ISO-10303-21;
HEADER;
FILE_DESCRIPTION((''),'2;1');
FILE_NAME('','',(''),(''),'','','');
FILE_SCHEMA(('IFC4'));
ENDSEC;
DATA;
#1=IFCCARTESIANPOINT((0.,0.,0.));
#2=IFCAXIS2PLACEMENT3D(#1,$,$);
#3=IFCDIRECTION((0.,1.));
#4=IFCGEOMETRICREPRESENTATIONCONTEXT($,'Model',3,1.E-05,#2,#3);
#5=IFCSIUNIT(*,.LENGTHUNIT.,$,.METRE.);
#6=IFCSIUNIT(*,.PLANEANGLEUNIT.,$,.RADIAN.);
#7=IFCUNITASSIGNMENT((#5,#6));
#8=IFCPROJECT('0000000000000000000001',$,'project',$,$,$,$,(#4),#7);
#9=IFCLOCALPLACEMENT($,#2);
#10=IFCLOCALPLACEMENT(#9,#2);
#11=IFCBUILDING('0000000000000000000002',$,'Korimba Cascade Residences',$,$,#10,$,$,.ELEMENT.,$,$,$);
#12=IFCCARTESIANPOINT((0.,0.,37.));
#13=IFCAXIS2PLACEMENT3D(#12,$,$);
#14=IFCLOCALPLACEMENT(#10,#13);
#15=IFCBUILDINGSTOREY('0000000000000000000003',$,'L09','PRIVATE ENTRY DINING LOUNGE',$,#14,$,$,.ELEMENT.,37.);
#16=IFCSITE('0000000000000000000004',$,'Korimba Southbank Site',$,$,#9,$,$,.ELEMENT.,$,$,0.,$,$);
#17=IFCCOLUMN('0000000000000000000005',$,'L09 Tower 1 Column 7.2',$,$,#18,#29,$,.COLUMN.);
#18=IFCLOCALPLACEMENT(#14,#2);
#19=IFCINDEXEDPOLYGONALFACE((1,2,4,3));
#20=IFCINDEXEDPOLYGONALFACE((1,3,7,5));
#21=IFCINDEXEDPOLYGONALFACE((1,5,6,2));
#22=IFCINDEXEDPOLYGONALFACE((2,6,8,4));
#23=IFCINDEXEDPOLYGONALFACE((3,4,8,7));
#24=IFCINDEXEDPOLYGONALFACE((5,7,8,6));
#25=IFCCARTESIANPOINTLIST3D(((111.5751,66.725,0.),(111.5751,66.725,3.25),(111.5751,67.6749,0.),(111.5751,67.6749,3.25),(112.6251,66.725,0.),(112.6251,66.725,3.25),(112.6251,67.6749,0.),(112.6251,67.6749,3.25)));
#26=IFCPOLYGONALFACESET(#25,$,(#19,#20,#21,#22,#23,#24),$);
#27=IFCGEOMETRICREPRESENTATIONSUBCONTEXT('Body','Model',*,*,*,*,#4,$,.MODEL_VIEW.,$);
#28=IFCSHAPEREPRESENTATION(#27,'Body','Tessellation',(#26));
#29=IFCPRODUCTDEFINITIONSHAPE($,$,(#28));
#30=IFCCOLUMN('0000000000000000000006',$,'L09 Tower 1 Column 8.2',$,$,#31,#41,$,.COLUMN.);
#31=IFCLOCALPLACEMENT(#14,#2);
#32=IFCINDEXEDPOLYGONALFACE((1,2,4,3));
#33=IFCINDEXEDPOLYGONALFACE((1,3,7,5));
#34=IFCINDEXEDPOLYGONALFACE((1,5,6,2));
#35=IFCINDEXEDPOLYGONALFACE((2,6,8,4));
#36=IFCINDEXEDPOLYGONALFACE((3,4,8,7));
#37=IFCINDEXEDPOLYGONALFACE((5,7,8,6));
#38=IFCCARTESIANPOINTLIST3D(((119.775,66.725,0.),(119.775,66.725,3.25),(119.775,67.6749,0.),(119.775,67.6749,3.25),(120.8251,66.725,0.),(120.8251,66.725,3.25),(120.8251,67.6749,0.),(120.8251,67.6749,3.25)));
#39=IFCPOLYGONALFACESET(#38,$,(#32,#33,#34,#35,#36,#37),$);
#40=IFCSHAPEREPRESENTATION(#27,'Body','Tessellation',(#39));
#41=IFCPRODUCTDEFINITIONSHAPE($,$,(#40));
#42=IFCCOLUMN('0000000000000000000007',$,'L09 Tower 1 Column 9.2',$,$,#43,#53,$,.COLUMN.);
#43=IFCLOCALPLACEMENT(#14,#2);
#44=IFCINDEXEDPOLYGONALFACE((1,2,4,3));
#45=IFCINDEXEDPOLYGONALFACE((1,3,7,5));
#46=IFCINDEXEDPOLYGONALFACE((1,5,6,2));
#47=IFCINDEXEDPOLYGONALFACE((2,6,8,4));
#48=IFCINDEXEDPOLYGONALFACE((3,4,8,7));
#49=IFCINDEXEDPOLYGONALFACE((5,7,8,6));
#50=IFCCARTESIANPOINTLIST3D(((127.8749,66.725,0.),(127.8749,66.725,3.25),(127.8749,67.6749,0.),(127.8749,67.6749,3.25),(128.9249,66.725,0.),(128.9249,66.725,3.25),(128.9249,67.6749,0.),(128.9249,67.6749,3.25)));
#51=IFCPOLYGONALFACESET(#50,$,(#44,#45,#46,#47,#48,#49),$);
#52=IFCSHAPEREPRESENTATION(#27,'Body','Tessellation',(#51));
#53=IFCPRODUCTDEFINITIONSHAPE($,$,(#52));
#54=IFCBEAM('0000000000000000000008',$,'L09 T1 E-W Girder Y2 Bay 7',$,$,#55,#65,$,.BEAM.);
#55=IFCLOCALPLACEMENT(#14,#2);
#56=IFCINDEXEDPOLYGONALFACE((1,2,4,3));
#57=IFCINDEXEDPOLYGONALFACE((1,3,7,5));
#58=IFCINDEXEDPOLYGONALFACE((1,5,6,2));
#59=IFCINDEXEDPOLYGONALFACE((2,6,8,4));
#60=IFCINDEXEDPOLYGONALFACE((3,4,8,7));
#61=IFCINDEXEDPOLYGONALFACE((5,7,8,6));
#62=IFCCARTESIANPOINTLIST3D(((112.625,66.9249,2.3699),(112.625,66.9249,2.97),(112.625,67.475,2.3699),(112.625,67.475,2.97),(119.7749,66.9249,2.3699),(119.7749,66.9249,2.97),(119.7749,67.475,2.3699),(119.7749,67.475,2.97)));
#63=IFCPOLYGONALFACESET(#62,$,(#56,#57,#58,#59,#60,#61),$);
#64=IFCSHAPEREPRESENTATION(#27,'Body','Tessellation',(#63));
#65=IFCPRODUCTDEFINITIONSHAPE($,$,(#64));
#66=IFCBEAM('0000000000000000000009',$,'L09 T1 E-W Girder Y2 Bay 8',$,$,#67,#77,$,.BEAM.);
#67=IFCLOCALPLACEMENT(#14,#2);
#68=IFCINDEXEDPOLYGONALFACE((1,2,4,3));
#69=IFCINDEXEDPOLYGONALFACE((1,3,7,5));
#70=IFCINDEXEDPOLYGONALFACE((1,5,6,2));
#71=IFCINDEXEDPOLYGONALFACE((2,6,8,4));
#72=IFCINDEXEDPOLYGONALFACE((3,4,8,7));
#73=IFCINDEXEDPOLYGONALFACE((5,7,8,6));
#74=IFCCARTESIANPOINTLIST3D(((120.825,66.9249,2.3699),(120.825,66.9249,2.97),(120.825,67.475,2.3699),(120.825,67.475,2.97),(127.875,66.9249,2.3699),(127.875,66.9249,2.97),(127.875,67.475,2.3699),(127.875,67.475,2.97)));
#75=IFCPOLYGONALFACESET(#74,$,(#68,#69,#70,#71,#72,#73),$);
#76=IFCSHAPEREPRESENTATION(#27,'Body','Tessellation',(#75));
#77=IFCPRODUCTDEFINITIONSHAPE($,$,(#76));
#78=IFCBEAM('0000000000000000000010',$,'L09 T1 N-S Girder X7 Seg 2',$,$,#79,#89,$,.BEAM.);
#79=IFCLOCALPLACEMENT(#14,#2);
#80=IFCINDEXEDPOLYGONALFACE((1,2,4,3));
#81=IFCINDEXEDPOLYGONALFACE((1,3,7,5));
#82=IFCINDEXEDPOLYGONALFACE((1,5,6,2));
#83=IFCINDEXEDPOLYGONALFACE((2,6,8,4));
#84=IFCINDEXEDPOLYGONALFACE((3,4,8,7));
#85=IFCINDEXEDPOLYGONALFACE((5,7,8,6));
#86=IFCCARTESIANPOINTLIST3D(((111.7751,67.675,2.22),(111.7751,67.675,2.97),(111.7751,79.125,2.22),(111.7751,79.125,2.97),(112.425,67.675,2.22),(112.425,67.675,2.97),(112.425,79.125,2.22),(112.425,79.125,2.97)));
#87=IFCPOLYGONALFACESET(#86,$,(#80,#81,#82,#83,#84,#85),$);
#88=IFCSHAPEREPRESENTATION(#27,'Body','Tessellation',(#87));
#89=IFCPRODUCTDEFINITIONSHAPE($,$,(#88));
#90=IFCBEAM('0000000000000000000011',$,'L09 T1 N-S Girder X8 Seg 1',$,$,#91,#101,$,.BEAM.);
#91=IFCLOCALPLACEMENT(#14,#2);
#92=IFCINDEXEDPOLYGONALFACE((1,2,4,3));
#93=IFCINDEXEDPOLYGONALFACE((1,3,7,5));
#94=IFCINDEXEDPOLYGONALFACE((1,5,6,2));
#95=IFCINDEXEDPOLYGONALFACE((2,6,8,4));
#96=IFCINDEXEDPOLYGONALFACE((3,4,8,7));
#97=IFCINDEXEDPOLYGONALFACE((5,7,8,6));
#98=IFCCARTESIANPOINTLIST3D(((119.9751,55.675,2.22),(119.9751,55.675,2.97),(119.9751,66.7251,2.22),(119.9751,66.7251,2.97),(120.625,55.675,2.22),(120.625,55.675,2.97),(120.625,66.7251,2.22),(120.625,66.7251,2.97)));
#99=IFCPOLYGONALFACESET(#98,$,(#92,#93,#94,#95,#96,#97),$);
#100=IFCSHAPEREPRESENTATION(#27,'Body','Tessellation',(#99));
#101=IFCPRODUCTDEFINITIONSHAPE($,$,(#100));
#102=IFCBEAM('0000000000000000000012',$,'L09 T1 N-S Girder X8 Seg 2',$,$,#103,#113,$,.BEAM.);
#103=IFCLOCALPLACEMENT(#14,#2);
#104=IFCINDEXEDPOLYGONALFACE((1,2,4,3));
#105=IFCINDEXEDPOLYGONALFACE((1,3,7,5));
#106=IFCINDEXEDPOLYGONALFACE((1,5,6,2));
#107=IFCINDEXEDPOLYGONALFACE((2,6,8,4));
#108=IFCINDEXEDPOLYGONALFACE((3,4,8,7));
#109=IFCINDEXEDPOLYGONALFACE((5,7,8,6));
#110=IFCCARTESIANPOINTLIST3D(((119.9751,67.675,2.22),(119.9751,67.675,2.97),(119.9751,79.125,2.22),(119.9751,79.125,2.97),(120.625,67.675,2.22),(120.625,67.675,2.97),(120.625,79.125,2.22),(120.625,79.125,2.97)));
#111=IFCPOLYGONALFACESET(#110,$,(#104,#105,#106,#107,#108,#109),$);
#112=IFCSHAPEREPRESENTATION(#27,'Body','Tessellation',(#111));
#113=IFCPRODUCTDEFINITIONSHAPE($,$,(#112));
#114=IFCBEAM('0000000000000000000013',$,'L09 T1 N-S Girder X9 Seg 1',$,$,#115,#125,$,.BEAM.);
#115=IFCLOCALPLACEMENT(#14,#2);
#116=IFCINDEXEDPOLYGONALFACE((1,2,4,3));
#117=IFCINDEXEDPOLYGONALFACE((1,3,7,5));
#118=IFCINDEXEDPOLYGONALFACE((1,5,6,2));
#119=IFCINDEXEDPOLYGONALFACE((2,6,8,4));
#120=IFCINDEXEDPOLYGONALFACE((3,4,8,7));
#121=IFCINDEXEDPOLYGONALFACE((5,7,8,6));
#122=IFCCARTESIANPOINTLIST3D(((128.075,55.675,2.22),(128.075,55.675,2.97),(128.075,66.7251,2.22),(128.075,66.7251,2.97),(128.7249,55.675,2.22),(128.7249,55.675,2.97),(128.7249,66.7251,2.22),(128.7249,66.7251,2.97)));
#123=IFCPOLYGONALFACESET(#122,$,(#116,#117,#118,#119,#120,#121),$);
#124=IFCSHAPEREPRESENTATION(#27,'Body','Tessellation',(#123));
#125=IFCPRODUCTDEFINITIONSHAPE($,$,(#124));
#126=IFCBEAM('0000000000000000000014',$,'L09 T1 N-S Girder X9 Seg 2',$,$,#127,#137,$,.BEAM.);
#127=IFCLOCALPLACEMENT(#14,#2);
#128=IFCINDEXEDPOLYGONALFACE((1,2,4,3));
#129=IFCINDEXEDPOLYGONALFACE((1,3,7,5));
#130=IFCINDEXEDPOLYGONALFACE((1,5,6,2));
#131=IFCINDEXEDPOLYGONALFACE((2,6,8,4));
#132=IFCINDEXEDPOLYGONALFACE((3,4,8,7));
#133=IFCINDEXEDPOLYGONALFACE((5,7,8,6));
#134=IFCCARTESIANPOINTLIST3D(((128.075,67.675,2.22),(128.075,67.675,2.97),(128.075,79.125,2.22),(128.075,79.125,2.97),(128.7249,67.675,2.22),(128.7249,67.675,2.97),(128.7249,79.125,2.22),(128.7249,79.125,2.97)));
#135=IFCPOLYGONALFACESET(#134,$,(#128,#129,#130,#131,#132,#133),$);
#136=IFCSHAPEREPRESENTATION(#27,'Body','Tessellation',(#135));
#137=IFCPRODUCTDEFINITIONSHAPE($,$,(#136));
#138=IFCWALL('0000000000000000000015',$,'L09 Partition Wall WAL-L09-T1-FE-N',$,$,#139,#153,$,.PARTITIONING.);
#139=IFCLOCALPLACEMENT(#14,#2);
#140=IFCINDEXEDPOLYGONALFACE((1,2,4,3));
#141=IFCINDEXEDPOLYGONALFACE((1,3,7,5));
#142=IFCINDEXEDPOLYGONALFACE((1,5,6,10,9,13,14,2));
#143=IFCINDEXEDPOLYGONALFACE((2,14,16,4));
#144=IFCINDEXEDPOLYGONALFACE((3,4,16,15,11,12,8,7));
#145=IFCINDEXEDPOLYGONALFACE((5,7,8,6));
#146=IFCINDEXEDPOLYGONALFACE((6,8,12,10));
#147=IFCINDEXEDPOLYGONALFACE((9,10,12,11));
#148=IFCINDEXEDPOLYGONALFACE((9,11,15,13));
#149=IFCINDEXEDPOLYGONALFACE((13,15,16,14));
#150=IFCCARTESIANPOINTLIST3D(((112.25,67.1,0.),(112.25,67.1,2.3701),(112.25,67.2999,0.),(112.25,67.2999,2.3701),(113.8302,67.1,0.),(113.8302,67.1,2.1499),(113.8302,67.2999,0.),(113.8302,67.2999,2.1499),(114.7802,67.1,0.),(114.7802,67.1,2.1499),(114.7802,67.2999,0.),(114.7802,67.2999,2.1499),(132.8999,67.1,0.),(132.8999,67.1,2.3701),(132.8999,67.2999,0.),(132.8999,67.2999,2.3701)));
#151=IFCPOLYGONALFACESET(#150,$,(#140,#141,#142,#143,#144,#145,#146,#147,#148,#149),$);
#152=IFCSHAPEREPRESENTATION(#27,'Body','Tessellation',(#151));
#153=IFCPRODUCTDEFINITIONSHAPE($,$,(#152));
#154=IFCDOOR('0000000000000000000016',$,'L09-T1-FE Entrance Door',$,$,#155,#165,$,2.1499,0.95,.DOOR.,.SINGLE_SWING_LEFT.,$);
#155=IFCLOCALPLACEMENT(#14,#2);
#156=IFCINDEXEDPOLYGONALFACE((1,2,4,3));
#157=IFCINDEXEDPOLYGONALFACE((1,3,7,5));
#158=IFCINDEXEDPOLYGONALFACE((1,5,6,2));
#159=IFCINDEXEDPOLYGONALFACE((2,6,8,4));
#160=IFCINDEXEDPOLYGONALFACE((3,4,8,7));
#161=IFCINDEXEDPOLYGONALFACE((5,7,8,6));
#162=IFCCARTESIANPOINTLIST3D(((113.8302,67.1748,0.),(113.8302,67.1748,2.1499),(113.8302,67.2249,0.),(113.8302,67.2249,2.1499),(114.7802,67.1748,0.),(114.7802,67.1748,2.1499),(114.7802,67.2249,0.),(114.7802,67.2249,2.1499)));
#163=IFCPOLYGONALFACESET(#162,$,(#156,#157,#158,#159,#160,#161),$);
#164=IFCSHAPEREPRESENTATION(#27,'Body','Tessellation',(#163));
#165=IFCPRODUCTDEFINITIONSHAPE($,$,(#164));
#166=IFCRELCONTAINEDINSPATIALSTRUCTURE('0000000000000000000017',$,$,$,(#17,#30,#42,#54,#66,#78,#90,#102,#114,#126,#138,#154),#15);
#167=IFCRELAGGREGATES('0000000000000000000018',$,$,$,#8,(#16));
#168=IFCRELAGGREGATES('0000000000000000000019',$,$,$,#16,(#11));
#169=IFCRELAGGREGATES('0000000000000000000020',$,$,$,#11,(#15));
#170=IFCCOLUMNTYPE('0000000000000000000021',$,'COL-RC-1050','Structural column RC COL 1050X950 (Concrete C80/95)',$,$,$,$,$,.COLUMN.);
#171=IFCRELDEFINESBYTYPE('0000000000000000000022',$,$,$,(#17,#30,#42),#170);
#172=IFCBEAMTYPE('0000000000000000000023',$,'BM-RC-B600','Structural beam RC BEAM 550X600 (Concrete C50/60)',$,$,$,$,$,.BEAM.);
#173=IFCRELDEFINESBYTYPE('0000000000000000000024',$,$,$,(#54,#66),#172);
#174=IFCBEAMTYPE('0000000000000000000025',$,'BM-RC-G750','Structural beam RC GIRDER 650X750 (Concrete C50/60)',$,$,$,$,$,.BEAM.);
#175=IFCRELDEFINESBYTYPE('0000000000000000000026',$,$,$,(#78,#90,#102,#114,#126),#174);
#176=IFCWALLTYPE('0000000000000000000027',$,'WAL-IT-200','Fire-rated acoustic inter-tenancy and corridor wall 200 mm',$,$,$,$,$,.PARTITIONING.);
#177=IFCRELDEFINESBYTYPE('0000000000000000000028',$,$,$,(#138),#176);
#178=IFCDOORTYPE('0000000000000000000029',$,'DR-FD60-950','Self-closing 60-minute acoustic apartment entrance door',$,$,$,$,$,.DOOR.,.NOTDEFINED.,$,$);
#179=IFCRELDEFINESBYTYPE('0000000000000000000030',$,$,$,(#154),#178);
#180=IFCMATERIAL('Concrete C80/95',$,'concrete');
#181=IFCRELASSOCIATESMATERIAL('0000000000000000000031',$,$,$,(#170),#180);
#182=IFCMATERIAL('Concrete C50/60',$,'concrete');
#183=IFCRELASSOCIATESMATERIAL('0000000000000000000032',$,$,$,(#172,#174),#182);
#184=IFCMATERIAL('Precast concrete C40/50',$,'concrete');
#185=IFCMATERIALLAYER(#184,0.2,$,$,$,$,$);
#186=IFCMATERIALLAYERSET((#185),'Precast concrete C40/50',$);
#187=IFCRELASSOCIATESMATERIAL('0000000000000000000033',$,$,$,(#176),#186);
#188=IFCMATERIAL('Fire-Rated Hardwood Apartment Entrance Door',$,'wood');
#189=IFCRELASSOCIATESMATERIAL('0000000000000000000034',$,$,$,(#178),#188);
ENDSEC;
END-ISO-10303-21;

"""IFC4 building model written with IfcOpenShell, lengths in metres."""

from ifc_helpers import new_model, si_unit, direction, frame, frame_2d, origin, origin_2d, place, context, subcontext, project, spatial, rectangle, extrude, material, layer, layer_set, material_profile, profile_set, type_object, element, fill, save


model = new_model("IFC4")

# Units and contexts
model_context = context("Model", 3, precision=1e-05, world=origin(), true_north=direction((0.0, 1.0)))
body_context = subcontext(model_context, "Body", "Model", "MODEL_VIEW")
ifc_project = project(units=[si_unit("LENGTHUNIT", "METRE"), si_unit("PLANEANGLEUNIT", "RADIAN")], contexts=[model_context])

# Site, building, storey
site_placement = place(None, origin())
site = spatial("IfcSite", under=ifc_project, at=site_placement, Name="Korimba Southbank Site", CompositionType="ELEMENT", RefElevation=0.0)
building_placement = place(site_placement, origin())
building = spatial("IfcBuilding", under=site, at=building_placement, Name="Korimba Cascade Residences", CompositionType="ELEMENT")
storey_placement = place(building_placement, frame((0.0, 0.0, 37.0)))
storey = spatial("IfcBuildingStorey", under=building, at=storey_placement, Name="L09", Description="PRIVATE ENTRY DINING LOUNGE", CompositionType="ELEMENT", Elevation=37.0)

# Columns
ifc_material_1 = material(Name="Concrete C80/95", Category="concrete")
ifc_material_profile_1 = material_profile(ifc_material_1, rectangle(XDim=1.05, YDim=0.95, at=origin_2d()), Name="Concrete C80/95")
ifc_profile_set_1 = profile_set([ifc_material_profile_1], Name="Concrete C80/95")
column_type = type_object("IfcColumnType", Name="COL-RC-1050", Description="Structural column RC COL 1050X950 (Concrete C80/95)", PredefinedType="COLUMN", material=ifc_profile_set_1)
for number, where, z_axis, x_axis, name in (
    (1, (112.1001, 67.2, 0.0), (0.0, 0.0, 1.0), (1.0, 0.0, 0.0), "L09 Tower 1 Column 7.2"),
    (2, (120.3, 67.2, 0.0), (0.0, 0.0, 1.0), (1.0, 0.0, 0.0), "L09 Tower 1 Column 8.2"),
    (3, (128.3999, 67.2, 0.0), (0.0, 0.0, 1.0), (1.0, 0.0, 0.0), "L09 Tower 1 Column 9.2"),
):
    element("IfcColumn", number, at=place(storey_placement, frame(where, z_axis=z_axis, x_axis=x_axis)), inside=storey, type_object=column_type, Name=name, PredefinedType="COLUMN", context=body_context, shape_type="SweptSolid", body=[
        extrude(rectangle(XDim=1.05, YDim=0.95, at=origin_2d()), origin(), (0.0, 0.0, 1.0), 3.25),
    ])

# Beams
ifc_material_2 = material(Name="Concrete C50/60", Category="concrete")
ifc_material_profile_2 = material_profile(ifc_material_2, rectangle(XDim=0.55, YDim=0.6001, at=origin_2d()), Name="Concrete C50/60")
ifc_profile_set_2 = profile_set([ifc_material_profile_2], Name="Concrete C50/60")
beam_type_1 = type_object("IfcBeamType", Name="BM-RC-B600", Description="Structural beam RC BEAM 550X600 (Concrete C50/60)", PredefinedType="BEAM", material=ifc_profile_set_2)
beam_1_placement = place(storey_placement, frame((112.625, 67.2, 2.6699), z_axis=(1.0, 0.0, 0.0), x_axis=(0.0, 1.0, 0.0)))
element("IfcBeam", 4, at=beam_1_placement, inside=storey, type_object=beam_type_1, Name="L09 T1 E-W Girder Y2 Bay 7", PredefinedType="BEAM", context=body_context, shape_type="SweptSolid", body=[
    extrude(rectangle(XDim=0.55, YDim=0.6001, at=origin_2d()), origin(), (0.0, 0.0, 1.0), 7.1499),
])
beam_2_placement = place(storey_placement, frame((120.825, 67.2, 2.6699), z_axis=(1.0, 0.0, 0.0), x_axis=(0.0, 1.0, 0.0)))
element("IfcBeam", 5, at=beam_2_placement, inside=storey, type_object=beam_type_1, Name="L09 T1 E-W Girder Y2 Bay 8", PredefinedType="BEAM", context=body_context, shape_type="SweptSolid", body=[
    extrude(rectangle(XDim=0.55, YDim=0.6001, at=origin_2d()), origin(), (0.0, 0.0, 1.0), 7.05),
])
ifc_material_profile_3 = material_profile(ifc_material_2, rectangle(XDim=0.6499, YDim=0.75, at=origin_2d()), Name="Concrete C50/60")
ifc_profile_set_3 = profile_set([ifc_material_profile_3], Name="Concrete C50/60")
beam_type_2 = type_object("IfcBeamType", Name="BM-RC-G750", Description="Structural beam RC GIRDER 650X750 (Concrete C50/60)", PredefinedType="BEAM", material=ifc_profile_set_3)
beam_3_placement = place(storey_placement, frame((112.1001, 67.675, 2.595), z_axis=(0.0, 1.0, 0.0), x_axis=(-1.0, 0.0, 0.0)))
element("IfcBeam", 6, at=beam_3_placement, inside=storey, type_object=beam_type_2, Name="L09 T1 N-S Girder X7 Seg 2", PredefinedType="BEAM", context=body_context, shape_type="SweptSolid", body=[
    extrude(rectangle(XDim=0.6499, YDim=0.75, at=origin_2d()), origin(), (0.0, 0.0, 1.0), 11.45),
])
beam_4_placement = place(storey_placement, frame((120.3, 55.675, 2.595), z_axis=(0.0, 1.0, 0.0), x_axis=(-1.0, 0.0, 0.0)))
element("IfcBeam", 7, at=beam_4_placement, inside=storey, type_object=beam_type_2, Name="L09 T1 N-S Girder X8 Seg 1", PredefinedType="BEAM", context=body_context, shape_type="SweptSolid", body=[
    extrude(rectangle(XDim=0.6499, YDim=0.75, at=origin_2d()), origin(), (0.0, 0.0, 1.0), 11.05),
])
beam_5_placement = place(storey_placement, frame((120.3, 67.675, 2.595), z_axis=(0.0, 1.0, 0.0), x_axis=(-1.0, 0.0, 0.0)))
element("IfcBeam", 8, at=beam_5_placement, inside=storey, type_object=beam_type_2, Name="L09 T1 N-S Girder X8 Seg 2", PredefinedType="BEAM", context=body_context, shape_type="SweptSolid", body=[
    extrude(rectangle(XDim=0.6499, YDim=0.75, at=origin_2d()), origin(), (0.0, 0.0, 1.0), 11.45),
])
beam_6_placement = place(storey_placement, frame((128.3999, 55.675, 2.595), z_axis=(0.0, 1.0, 0.0), x_axis=(-1.0, 0.0, 0.0)))
element("IfcBeam", 9, at=beam_6_placement, inside=storey, type_object=beam_type_2, Name="L09 T1 N-S Girder X9 Seg 1", PredefinedType="BEAM", context=body_context, shape_type="SweptSolid", body=[
    extrude(rectangle(XDim=0.6499, YDim=0.75, at=origin_2d()), origin(), (0.0, 0.0, 1.0), 11.05),
])
beam_7_placement = place(storey_placement, frame((128.3999, 67.675, 2.595), z_axis=(0.0, 1.0, 0.0), x_axis=(-1.0, 0.0, 0.0)))
element("IfcBeam", 10, at=beam_7_placement, inside=storey, type_object=beam_type_2, Name="L09 T1 N-S Girder X9 Seg 2", PredefinedType="BEAM", context=body_context, shape_type="SweptSolid", body=[
    extrude(rectangle(XDim=0.6499, YDim=0.75, at=origin_2d()), origin(), (0.0, 0.0, 1.0), 11.45),
])

# Wall, opening, door
ifc_material_3 = material(Name="Precast concrete C40/50", Category="concrete")
ifc_layer_1 = layer(ifc_material_3, 0.2)
ifc_layer_set_1 = layer_set([ifc_layer_1], Name="Precast concrete C40/50")
wall_type_1 = type_object("IfcWallType", Name="WAL-IT-200", Description="Fire-rated acoustic inter-tenancy and corridor wall 200 mm", PredefinedType="PARTITIONING", material=ifc_layer_set_1)
wall_1_placement = place(storey_placement, frame((112.25, 67.2, 0.0), z_axis=(0.0, 0.0, 1.0), x_axis=(1.0, 0.0, 0.0)))
wall_1 = element("IfcWall", 11, at=wall_1_placement, inside=storey, type_object=wall_type_1, Name="L09 Partition Wall WAL-L09-T1-FE-N", PredefinedType="PARTITIONING", context=body_context, shape_type="SweptSolid", body=[
    extrude(rectangle(XDim=20.6499, YDim=0.2, at=frame_2d((10.325, 0.0))), origin(), (0.0, 0.0, 1.0), 2.3701),
])
opening_1_placement = place(wall_1_placement, frame((1.5801, 0.0, 0.0)))
opening_1 = element("IfcOpeningElement", 12, at=opening_1_placement, cuts=wall_1, PredefinedType="OPENING", context=body_context, shape_type="SweptSolid", body=[
    extrude(rectangle(XDim=0.95, YDim=2.1499, at=frame_2d((0.4751, 1.075))), frame((0.0, 0.1099, 0.0), z_axis=(0.0, -1.0, 0.0), x_axis=(1.0, 0.0, 0.0)), (0.0, 0.0, 1.0), 0.22),
])
ifc_material_4 = material(Name="Fire-Rated Hardwood Apartment Entrance Door", Category="wood")
door_type_1 = type_object("IfcDoorType", Name="DR-FD60-950", Description="Self-closing 60-minute acoustic apartment entrance door", OperationType="NOTDEFINED", PredefinedType="DOOR", material=ifc_material_4)
door_1_placement = place(opening_1_placement, origin())
door_1 = element("IfcDoor", 13, at=door_1_placement, inside=storey, type_object=door_type_1, Name="L09-T1-FE Entrance Door", OperationType="SINGLE_SWING_LEFT", OverallHeight=2.1499, OverallWidth=0.95, PredefinedType="DOOR", context=body_context, shape_type="SweptSolid", body=[
    extrude(rectangle(XDim=0.95, YDim=2.1499, at=frame_2d((0.4751, 1.075))), frame((0.0, 0.0249, 0.0), z_axis=(0.0, -1.0, 0.0), x_axis=(1.0, 0.0, 0.0)), (0.0, 0.0, 1.0), 0.05),
])
fill(opening_1, door_1)

save(model, "model.ifc")
